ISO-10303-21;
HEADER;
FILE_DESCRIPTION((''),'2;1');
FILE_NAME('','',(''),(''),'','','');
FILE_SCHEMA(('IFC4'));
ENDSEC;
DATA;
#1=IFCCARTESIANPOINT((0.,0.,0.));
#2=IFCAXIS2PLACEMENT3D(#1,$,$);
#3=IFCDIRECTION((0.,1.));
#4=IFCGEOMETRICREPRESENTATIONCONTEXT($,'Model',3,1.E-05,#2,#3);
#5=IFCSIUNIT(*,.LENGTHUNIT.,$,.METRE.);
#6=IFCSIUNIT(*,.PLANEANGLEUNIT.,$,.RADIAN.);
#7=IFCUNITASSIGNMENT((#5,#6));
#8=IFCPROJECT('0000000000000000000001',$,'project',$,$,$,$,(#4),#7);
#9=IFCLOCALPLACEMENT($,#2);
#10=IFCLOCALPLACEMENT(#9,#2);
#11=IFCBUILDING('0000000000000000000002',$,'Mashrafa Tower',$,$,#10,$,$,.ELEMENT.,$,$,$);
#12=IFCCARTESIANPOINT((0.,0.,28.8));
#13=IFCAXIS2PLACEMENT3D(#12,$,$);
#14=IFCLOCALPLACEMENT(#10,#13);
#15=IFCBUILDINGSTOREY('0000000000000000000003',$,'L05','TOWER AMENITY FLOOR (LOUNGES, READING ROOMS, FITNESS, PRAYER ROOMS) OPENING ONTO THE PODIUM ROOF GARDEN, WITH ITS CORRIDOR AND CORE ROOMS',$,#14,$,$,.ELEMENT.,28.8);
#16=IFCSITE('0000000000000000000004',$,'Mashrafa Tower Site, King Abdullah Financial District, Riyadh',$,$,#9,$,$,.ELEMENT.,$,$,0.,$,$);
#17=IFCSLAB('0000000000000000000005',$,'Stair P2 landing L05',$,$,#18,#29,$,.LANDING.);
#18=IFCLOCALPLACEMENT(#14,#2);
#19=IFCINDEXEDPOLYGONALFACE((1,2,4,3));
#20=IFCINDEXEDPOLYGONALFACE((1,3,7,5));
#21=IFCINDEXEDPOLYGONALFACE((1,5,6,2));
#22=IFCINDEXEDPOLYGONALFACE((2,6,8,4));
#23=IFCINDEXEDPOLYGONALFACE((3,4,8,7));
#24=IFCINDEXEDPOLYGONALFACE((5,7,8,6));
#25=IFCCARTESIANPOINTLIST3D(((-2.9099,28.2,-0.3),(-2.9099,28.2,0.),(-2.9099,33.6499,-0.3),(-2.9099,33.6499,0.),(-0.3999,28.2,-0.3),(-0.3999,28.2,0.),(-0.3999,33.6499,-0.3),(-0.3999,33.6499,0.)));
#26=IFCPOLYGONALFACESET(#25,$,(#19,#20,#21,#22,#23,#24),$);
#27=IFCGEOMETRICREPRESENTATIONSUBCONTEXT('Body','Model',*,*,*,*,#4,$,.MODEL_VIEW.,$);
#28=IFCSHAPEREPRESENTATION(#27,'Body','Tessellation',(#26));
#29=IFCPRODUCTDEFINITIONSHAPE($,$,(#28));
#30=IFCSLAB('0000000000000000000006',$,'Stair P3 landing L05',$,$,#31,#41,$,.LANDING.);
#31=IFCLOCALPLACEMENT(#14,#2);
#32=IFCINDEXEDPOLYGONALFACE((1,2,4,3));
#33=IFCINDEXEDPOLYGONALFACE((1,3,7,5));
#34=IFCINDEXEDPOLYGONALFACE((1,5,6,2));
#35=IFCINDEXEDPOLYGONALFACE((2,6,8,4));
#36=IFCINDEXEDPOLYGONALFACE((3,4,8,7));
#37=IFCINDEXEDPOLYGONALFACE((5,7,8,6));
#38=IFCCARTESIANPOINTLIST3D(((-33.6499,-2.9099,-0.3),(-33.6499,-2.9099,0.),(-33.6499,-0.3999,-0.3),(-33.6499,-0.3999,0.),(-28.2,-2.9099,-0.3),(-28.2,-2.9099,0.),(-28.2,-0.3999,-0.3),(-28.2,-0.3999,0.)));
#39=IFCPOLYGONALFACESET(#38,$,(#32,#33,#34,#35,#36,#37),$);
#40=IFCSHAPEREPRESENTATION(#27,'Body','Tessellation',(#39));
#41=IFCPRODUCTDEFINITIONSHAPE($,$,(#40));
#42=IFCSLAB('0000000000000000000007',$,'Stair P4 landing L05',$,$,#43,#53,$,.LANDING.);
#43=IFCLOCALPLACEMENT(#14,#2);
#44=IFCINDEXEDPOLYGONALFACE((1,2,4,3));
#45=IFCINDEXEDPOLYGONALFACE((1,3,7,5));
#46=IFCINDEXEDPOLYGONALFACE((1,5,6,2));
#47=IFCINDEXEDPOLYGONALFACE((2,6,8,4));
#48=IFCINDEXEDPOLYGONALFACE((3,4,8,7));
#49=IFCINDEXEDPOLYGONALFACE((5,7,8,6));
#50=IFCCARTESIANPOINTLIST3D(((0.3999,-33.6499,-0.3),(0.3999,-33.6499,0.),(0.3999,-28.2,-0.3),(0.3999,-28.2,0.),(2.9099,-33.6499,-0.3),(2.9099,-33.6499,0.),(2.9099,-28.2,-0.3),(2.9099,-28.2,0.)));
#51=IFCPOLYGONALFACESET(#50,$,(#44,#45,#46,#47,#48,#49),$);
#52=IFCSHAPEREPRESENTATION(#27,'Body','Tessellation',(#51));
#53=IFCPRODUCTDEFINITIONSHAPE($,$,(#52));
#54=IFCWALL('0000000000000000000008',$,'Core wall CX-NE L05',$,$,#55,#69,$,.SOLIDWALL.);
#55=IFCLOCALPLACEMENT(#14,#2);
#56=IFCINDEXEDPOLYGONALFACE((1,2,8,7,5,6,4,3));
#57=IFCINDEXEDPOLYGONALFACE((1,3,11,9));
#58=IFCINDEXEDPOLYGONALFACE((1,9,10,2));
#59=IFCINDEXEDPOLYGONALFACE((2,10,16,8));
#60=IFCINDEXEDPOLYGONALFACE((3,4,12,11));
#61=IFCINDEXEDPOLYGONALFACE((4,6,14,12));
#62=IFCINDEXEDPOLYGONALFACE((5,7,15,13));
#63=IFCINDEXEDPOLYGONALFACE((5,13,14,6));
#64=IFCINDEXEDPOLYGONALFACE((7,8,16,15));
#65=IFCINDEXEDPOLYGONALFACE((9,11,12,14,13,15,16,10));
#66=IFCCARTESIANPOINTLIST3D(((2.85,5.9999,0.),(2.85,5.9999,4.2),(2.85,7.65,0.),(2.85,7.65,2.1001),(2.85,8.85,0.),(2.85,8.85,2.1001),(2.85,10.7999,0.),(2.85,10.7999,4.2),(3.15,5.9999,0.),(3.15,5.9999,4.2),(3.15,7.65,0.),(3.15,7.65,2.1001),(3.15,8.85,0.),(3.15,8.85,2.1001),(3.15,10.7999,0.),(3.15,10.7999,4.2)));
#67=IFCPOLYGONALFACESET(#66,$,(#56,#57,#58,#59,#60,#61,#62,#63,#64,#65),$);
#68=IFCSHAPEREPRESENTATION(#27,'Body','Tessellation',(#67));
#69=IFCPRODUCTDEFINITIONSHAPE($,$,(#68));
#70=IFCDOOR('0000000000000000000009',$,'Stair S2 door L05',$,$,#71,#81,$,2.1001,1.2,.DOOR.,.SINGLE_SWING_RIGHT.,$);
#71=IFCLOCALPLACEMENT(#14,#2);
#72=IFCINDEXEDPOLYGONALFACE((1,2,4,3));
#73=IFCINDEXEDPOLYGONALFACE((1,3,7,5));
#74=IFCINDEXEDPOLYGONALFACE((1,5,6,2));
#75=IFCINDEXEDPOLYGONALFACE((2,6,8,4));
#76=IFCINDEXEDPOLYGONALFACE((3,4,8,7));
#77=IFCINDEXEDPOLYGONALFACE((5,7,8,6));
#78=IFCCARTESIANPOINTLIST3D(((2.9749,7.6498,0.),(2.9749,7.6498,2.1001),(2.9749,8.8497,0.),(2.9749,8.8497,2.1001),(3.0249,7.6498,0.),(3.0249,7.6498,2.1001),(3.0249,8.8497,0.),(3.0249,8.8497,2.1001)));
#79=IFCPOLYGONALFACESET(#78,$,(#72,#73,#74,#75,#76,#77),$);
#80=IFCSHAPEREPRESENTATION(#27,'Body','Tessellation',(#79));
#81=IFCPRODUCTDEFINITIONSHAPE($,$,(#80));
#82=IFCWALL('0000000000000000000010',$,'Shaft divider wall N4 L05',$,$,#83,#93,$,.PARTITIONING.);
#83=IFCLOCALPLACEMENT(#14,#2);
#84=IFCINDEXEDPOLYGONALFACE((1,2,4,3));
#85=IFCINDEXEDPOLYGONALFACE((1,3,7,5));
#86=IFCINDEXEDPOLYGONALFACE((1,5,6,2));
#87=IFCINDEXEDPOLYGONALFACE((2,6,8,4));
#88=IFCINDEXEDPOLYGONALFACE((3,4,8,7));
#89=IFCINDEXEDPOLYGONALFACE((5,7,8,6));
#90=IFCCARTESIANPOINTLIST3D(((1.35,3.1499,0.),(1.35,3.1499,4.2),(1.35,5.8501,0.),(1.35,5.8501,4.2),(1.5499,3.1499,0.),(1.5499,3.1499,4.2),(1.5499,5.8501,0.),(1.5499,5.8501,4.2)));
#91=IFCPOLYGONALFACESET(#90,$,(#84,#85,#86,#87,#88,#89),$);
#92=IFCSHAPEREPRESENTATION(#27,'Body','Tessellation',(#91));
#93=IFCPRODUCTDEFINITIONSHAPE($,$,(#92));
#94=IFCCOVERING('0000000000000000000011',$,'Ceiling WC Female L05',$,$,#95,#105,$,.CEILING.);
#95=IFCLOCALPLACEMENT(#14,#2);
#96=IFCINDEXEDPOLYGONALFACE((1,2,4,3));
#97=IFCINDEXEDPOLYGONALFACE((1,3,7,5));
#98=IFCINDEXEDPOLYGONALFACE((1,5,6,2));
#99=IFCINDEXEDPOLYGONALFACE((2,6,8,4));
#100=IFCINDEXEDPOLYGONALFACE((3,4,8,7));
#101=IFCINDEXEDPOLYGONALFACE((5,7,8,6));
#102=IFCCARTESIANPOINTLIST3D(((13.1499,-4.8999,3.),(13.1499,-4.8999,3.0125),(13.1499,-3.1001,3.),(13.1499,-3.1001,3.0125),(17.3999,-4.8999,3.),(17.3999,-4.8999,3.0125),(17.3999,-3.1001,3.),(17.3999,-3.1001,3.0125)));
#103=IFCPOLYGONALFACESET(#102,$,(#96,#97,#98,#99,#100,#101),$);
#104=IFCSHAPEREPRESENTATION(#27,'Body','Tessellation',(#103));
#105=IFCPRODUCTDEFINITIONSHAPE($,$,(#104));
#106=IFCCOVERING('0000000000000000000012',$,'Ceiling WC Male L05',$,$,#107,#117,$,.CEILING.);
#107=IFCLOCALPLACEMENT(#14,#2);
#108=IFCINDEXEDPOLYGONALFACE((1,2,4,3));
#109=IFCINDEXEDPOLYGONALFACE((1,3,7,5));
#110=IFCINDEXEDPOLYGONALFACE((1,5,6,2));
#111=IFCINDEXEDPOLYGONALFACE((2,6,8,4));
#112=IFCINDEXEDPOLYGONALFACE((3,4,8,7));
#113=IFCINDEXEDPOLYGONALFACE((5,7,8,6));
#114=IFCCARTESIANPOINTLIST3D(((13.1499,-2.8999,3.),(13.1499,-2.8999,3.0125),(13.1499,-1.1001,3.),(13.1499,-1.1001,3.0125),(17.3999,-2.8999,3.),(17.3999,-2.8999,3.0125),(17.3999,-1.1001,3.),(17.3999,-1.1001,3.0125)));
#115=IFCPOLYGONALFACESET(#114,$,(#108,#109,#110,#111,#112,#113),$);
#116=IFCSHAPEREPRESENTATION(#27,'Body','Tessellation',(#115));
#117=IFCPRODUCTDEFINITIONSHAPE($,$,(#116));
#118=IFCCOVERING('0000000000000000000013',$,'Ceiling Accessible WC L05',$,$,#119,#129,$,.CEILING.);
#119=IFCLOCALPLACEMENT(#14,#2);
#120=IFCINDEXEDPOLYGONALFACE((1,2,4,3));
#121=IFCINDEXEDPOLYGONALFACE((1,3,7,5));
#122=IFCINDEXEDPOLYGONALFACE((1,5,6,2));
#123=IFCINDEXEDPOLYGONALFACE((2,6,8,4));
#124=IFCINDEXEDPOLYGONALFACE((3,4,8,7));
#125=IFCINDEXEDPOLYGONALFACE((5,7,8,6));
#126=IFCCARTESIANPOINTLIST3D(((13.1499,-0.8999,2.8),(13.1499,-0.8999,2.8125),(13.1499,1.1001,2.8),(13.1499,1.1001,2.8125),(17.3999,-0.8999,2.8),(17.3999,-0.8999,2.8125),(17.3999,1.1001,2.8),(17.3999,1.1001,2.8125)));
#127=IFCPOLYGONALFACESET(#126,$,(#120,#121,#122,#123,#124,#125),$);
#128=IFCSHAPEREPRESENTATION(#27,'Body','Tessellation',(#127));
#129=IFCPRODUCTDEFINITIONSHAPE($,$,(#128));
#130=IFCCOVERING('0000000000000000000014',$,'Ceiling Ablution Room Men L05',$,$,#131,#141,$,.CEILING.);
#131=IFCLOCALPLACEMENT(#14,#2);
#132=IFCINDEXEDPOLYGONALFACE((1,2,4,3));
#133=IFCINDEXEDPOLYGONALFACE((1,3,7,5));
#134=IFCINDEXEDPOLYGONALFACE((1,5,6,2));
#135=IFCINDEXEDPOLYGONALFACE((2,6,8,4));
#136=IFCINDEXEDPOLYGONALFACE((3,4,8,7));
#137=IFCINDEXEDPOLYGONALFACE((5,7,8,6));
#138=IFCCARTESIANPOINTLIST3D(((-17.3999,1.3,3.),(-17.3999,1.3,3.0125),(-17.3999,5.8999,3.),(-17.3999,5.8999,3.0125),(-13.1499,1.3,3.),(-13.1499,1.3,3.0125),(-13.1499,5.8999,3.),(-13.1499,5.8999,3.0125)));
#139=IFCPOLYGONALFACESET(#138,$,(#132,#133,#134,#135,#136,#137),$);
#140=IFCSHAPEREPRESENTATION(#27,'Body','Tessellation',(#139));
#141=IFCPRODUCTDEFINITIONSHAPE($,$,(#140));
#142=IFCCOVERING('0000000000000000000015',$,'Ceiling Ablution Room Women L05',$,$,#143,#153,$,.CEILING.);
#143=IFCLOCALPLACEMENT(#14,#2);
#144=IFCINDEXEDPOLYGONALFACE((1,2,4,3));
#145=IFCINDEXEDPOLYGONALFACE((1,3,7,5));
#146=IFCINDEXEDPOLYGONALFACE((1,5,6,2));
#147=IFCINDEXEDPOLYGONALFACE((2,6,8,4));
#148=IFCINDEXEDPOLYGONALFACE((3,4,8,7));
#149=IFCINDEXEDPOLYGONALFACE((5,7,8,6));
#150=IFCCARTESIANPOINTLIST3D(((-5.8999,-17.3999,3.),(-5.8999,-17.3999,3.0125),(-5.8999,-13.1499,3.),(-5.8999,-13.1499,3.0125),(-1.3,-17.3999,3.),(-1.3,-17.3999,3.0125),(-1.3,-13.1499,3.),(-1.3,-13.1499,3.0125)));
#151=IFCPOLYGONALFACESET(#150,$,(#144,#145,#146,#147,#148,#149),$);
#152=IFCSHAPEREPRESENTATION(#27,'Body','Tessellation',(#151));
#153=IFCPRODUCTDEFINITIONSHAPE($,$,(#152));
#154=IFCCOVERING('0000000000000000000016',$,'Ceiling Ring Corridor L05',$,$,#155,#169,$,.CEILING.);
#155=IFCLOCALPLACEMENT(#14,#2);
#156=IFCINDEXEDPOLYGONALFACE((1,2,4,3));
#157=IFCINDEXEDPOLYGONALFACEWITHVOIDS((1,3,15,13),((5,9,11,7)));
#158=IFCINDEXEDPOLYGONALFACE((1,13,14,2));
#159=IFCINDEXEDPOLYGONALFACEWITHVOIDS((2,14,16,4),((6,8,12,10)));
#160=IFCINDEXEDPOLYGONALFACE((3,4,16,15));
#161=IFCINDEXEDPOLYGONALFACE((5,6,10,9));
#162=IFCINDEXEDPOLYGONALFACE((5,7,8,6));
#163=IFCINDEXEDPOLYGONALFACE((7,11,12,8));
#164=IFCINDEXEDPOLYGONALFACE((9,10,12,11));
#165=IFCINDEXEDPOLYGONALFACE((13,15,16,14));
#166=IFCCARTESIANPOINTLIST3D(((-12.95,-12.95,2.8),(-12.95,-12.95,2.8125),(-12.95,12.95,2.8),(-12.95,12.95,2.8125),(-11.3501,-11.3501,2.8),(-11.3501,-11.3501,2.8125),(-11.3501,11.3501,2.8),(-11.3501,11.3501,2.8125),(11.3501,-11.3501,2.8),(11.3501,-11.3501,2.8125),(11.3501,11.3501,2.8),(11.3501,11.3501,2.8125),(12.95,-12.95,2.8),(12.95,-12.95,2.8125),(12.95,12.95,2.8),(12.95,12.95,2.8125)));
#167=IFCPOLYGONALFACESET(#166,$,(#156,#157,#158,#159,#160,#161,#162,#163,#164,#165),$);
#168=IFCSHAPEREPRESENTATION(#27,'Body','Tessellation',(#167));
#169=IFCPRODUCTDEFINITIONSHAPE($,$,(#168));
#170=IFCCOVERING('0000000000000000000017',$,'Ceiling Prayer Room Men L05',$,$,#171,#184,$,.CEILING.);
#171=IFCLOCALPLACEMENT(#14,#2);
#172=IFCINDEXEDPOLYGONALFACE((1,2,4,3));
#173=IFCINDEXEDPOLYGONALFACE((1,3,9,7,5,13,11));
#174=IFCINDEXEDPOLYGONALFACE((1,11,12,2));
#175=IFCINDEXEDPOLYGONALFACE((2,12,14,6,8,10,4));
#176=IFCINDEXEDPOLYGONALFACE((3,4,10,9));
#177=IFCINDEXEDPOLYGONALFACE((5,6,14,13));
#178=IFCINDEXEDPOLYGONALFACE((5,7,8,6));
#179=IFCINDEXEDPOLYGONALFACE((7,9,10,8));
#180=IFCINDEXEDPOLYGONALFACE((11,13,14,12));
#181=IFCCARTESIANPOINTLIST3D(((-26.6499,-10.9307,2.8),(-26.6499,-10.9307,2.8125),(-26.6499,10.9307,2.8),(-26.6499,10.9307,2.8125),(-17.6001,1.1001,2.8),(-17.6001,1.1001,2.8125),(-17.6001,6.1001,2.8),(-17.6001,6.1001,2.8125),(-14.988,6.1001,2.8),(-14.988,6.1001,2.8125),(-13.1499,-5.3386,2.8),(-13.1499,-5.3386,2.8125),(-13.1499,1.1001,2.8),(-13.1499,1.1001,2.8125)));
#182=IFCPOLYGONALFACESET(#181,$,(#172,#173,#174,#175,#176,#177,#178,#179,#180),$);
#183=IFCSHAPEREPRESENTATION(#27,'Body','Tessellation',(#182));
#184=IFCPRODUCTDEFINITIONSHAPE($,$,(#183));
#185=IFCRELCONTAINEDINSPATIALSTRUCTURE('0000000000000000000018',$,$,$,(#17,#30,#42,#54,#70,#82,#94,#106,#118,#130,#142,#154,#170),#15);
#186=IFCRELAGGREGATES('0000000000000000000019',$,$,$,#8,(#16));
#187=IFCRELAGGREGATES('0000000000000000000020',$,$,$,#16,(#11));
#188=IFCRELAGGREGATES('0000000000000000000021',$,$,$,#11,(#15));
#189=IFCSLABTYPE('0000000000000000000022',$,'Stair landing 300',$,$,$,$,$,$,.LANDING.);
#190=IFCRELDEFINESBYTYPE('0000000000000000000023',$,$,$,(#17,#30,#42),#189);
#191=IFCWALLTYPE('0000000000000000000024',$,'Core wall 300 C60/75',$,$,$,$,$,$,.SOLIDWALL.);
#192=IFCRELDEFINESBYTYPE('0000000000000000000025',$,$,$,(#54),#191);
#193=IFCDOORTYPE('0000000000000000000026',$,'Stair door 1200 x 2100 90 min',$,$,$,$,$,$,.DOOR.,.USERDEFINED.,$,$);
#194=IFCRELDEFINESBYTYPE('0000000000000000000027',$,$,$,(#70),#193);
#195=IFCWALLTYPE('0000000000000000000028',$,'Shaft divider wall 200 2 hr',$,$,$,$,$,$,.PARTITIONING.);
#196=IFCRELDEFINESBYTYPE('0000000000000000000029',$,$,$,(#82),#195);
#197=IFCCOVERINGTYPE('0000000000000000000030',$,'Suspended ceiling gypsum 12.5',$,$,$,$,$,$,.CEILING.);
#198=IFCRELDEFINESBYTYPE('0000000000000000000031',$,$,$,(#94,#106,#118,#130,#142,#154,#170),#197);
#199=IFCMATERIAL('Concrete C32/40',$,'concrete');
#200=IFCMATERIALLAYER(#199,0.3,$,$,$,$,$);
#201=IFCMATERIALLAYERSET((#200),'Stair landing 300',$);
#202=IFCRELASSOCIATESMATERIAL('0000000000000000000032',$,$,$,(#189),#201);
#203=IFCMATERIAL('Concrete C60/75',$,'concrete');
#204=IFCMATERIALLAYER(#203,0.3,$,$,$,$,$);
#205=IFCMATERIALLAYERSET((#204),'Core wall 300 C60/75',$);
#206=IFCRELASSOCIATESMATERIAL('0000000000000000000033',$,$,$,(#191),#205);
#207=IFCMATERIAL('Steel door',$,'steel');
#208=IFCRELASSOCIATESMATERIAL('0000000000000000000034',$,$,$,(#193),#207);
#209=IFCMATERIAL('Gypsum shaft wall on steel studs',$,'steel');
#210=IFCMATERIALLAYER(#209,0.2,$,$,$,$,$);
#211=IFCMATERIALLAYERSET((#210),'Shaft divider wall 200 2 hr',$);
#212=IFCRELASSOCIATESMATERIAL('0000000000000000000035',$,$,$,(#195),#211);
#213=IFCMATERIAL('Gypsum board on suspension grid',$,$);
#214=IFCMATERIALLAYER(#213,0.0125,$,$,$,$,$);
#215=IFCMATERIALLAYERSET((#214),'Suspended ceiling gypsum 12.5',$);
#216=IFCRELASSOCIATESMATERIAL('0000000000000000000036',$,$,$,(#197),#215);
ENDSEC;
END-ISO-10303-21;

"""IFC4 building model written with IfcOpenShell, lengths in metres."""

from ifc_helpers import new_model, si_unit, direction, frame, frame_2d, origin, place, context, subcontext, project, spatial, polyline, rectangle, outline, extrude, material, layer, layer_set, type_object, element, fill, save


model = new_model("IFC4")

# Units and contexts
model_context = context("Model", 3, precision=1e-05, world=origin(), true_north=direction((0.0, 1.0)))
body_context = subcontext(model_context, "Body", "Model", "MODEL_VIEW")
ifc_project = project(units=[si_unit("LENGTHUNIT", "METRE"), si_unit("PLANEANGLEUNIT", "RADIAN")], contexts=[model_context])

# Site, building, storey
site_placement = place(None, origin())
site = spatial("IfcSite", under=ifc_project, at=site_placement, Name="Mashrafa Tower Site, King Abdullah Financial District, Riyadh", CompositionType="ELEMENT", RefElevation=0.0)
building_placement = place(site_placement, origin())
building = spatial("IfcBuilding", under=site, at=building_placement, Name="Mashrafa Tower", CompositionType="ELEMENT")
storey_placement = place(building_placement, frame((0.0, 0.0, 28.8)))
storey = spatial("IfcBuildingStorey", under=building, at=storey_placement, Name="L05", Description="TOWER AMENITY FLOOR (LOUNGES, READING ROOMS, FITNESS, PRAYER ROOMS) OPENING ONTO THE PODIUM ROOF GARDEN, WITH ITS CORRIDOR AND CORE ROOMS", CompositionType="ELEMENT", Elevation=28.8)

# Slabs
ifc_material_1 = material(Name="Concrete C32/40", Category="concrete")
ifc_layer_1 = layer(ifc_material_1, 0.3)
ifc_layer_set_1 = layer_set([ifc_layer_1], Name="Stair landing 300")
slab_type = type_object("IfcSlabType", Name="Stair landing 300", PredefinedType="LANDING", material=ifc_layer_set_1)
slab_1_placement = place(storey_placement, frame((0.0, 0.0, -0.3)))
element("IfcSlab", 1, at=slab_1_placement, inside=storey, type_object=slab_type, Name="Stair P2 landing L05", PredefinedType="LANDING", context=body_context, shape_type="SweptSolid", body=[
    extrude(outline(polyline([(-2.9099, 28.2), (-0.3999, 28.2), (-0.3999, 33.6499), (-2.9099, 33.6499), (-2.9099, 28.2)])), origin(), (0.0, 0.0, 1.0), 0.3),
])
slab_2_placement = place(storey_placement, frame((0.0, 0.0, -0.3)))
element("IfcSlab", 2, at=slab_2_placement, inside=storey, type_object=slab_type, Name="Stair P3 landing L05", PredefinedType="LANDING", context=body_context, shape_type="SweptSolid", body=[
    extrude(outline(polyline([(-28.2, -2.9099), (-28.2, -0.3999), (-33.6499, -0.3999), (-33.6499, -2.9099), (-28.2, -2.9099)])), origin(), (0.0, 0.0, 1.0), 0.3),
])
slab_3_placement = place(storey_placement, frame((0.0, 0.0, -0.3)))
element("IfcSlab", 3, at=slab_3_placement, inside=storey, type_object=slab_type, Name="Stair P4 landing L05", PredefinedType="LANDING", context=body_context, shape_type="SweptSolid", body=[
    extrude(outline(polyline([(0.3999, -33.6499), (2.9099, -33.6499), (2.9099, -28.2), (0.3999, -28.2), (0.3999, -33.6499)])), origin(), (0.0, 0.0, 1.0), 0.3),
])

# Wall, opening, door
ifc_material_2 = material(Name="Concrete C60/75", Category="concrete")
ifc_layer_2 = layer(ifc_material_2, 0.3)
ifc_layer_set_2 = layer_set([ifc_layer_2], Name="Core wall 300 C60/75")
wall_type_1 = type_object("IfcWallType", Name="Core wall 300 C60/75", PredefinedType="SOLIDWALL", material=ifc_layer_set_2)
wall_1_placement = place(storey_placement, frame((3.0, 6.0, 0.0), z_axis=(0.0, 0.0, 1.0), x_axis=(0.0, 1.0, 0.0)))
wall_1 = element("IfcWall", 4, at=wall_1_placement, inside=storey, type_object=wall_type_1, Name="Core wall CX-NE L05", PredefinedType="SOLIDWALL", context=body_context, shape_type="SweptSolid", body=[
    extrude(rectangle(XDim=4.8, YDim=0.3, at=frame_2d((2.3999, 0.0))), origin(), (0.0, 0.0, 1.0), 4.2),
])
opening_placement = place(wall_1_placement, frame((1.6499, 0.0, 0.0)))
opening = element("IfcOpeningElement", 5, at=opening_placement, cuts=wall_1, PredefinedType="OPENING", context=body_context, shape_type="SweptSolid", body=[
    extrude(rectangle(XDim=1.2, YDim=2.1001, at=frame_2d((0.6001, 1.05))), frame((0.0, 0.1599, 0.0), z_axis=(0.0, -1.0, 0.0), x_axis=(1.0, 0.0, 0.0)), (0.0, 0.0, 1.0), 0.3201),
])
ifc_material_3 = material(Name="Steel door", Category="steel")
door_type = type_object("IfcDoorType", Name="Stair door 1200 x 2100 90 min", OperationType="USERDEFINED", PredefinedType="DOOR", material=ifc_material_3)
door_placement = place(opening_placement, frame((1.2, 0.0, 0.0), z_axis=(0.0, 0.0, 1.0), x_axis=(-1.0, 0.0, 0.0)))
door = element("IfcDoor", 6, at=door_placement, inside=storey, type_object=door_type, Name="Stair S2 door L05", OperationType="SINGLE_SWING_RIGHT", OverallHeight=2.1001, OverallWidth=1.2, PredefinedType="DOOR", context=body_context, shape_type="SweptSolid", body=[
    extrude(rectangle(XDim=1.2, YDim=2.1001, at=frame_2d((0.6001, 1.05))), frame((0.0, 0.0249, 0.0), z_axis=(0.0, -1.0, 0.0), x_axis=(1.0, 0.0, 0.0)), (0.0, 0.0, 1.0), 0.05),
])
fill(opening, door)

# Wall
ifc_material_4 = material(Name="Gypsum shaft wall on steel studs", Category="steel")
ifc_layer_3 = layer(ifc_material_4, 0.2)
ifc_layer_set_3 = layer_set([ifc_layer_3], Name="Shaft divider wall 200 2 hr")
wall_type_2 = type_object("IfcWallType", Name="Shaft divider wall 200 2 hr", PredefinedType="PARTITIONING", material=ifc_layer_set_3)
wall_2_placement = place(storey_placement, frame((1.45, 3.1499, 0.0), z_axis=(0.0, 0.0, 1.0), x_axis=(0.0, 1.0, 0.0)))
element("IfcWall", 7, at=wall_2_placement, inside=storey, type_object=wall_type_2, Name="Shaft divider wall N4 L05", PredefinedType="PARTITIONING", context=body_context, shape_type="SweptSolid", body=[
    extrude(rectangle(XDim=2.7002, YDim=0.2, at=frame_2d((1.3501, 0.0))), origin(), (0.0, 0.0, 1.0), 4.2),
])

# Coverings
ifc_material_5 = material(Name="Gypsum board on suspension grid")
ifc_layer_4 = layer(ifc_material_5, 0.0125)
ifc_layer_set_4 = layer_set([ifc_layer_4], Name="Suspended ceiling gypsum 12.5")
covering_type = type_object("IfcCoveringType", Name="Suspended ceiling gypsum 12.5", PredefinedType="CEILING", material=ifc_layer_set_4)
covering_1_placement = place(storey_placement, frame((0.0, 0.0, 3.0)))
element("IfcCovering", 8, at=covering_1_placement, inside=storey, type_object=covering_type, Name="Ceiling WC Female L05", PredefinedType="CEILING", context=body_context, shape_type="SweptSolid", body=[
    extrude(outline(polyline([(13.1499, -4.8999), (13.1499, -3.1001), (17.3999, -3.1001), (17.3999, -4.8999), (13.1499, -4.8999)])), origin(), (0.0, 0.0, 1.0), 0.0125),
])
covering_2_placement = place(storey_placement, frame((0.0, 0.0, 3.0)))
element("IfcCovering", 9, at=covering_2_placement, inside=storey, type_object=covering_type, Name="Ceiling WC Male L05", PredefinedType="CEILING", context=body_context, shape_type="SweptSolid", body=[
    extrude(outline(polyline([(13.1499, -2.8999), (13.1499, -1.1001), (17.3999, -1.1001), (17.3999, -2.8999), (13.1499, -2.8999)])), origin(), (0.0, 0.0, 1.0), 0.0125),
])
covering_3_placement = place(storey_placement, frame((0.0, 0.0, 2.8)))
element("IfcCovering", 10, at=covering_3_placement, inside=storey, type_object=covering_type, Name="Ceiling Accessible WC L05", PredefinedType="CEILING", context=body_context, shape_type="SweptSolid", body=[
    extrude(outline(polyline([(13.1499, -0.8999), (13.1499, 1.1001), (17.3999, 1.1001), (17.3999, -0.8999), (13.1499, -0.8999)])), origin(), (0.0, 0.0, 1.0), 0.0125),
])
covering_4_placement = place(storey_placement, frame((0.0, 0.0, 3.0)))
element("IfcCovering", 11, at=covering_4_placement, inside=storey, type_object=covering_type, Name="Ceiling Ablution Room Men L05", PredefinedType="CEILING", context=body_context, shape_type="SweptSolid", body=[
    extrude(outline(polyline([(-17.3999, 1.3), (-17.3999, 5.8999), (-13.1499, 5.8999), (-13.1499, 1.3), (-17.3999, 1.3)])), origin(), (0.0, 0.0, 1.0), 0.0125),
])
covering_5_placement = place(storey_placement, frame((0.0, 0.0, 3.0)))
element("IfcCovering", 12, at=covering_5_placement, inside=storey, type_object=covering_type, Name="Ceiling Ablution Room Women L05", PredefinedType="CEILING", context=body_context, shape_type="SweptSolid", body=[
    extrude(outline(polyline([(-5.8999, -17.3999), (-5.8999, -13.1499), (-1.3, -13.1499), (-1.3, -17.3999), (-5.8999, -17.3999)])), origin(), (0.0, 0.0, 1.0), 0.0125),
])
covering_6_placement = place(storey_placement, frame((0.0, 0.0, 2.8)))
element("IfcCovering", 13, at=covering_6_placement, inside=storey, type_object=covering_type, Name="Ceiling Ring Corridor L05", PredefinedType="CEILING", context=body_context, shape_type="SweptSolid", body=[
    extrude(outline(polyline([(12.95, -12.95), (-12.95, -12.95), (-12.95, 12.95), (12.95, 12.95), (12.95, -12.95)]), holes=[polyline([(-11.3501, 11.3501), (-11.3501, -11.3501), (11.3501, -11.3501), (11.3501, 11.3501), (-11.3501, 11.3501)])]), origin(), (0.0, 0.0, 1.0), 0.0125),
])
covering_7_placement = place(storey_placement, frame((0.0, 0.0, 2.8)))
element("IfcCovering", 14, at=covering_7_placement, inside=storey, type_object=covering_type, Name="Ceiling Prayer Room Men L05", PredefinedType="CEILING", context=body_context, shape_type="SweptSolid", body=[
    extrude(outline(polyline([(-13.1499, 1.1001), (-13.1499, -5.3386), (-26.6499, -10.9307), (-26.6499, 10.9307), (-14.988, 6.1001), (-17.6001, 6.1001), (-17.6001, 1.1001), (-13.1499, 1.1001)])), origin(), (0.0, 0.0, 1.0), 0.0125),
])

save(model, "model.ifc")
